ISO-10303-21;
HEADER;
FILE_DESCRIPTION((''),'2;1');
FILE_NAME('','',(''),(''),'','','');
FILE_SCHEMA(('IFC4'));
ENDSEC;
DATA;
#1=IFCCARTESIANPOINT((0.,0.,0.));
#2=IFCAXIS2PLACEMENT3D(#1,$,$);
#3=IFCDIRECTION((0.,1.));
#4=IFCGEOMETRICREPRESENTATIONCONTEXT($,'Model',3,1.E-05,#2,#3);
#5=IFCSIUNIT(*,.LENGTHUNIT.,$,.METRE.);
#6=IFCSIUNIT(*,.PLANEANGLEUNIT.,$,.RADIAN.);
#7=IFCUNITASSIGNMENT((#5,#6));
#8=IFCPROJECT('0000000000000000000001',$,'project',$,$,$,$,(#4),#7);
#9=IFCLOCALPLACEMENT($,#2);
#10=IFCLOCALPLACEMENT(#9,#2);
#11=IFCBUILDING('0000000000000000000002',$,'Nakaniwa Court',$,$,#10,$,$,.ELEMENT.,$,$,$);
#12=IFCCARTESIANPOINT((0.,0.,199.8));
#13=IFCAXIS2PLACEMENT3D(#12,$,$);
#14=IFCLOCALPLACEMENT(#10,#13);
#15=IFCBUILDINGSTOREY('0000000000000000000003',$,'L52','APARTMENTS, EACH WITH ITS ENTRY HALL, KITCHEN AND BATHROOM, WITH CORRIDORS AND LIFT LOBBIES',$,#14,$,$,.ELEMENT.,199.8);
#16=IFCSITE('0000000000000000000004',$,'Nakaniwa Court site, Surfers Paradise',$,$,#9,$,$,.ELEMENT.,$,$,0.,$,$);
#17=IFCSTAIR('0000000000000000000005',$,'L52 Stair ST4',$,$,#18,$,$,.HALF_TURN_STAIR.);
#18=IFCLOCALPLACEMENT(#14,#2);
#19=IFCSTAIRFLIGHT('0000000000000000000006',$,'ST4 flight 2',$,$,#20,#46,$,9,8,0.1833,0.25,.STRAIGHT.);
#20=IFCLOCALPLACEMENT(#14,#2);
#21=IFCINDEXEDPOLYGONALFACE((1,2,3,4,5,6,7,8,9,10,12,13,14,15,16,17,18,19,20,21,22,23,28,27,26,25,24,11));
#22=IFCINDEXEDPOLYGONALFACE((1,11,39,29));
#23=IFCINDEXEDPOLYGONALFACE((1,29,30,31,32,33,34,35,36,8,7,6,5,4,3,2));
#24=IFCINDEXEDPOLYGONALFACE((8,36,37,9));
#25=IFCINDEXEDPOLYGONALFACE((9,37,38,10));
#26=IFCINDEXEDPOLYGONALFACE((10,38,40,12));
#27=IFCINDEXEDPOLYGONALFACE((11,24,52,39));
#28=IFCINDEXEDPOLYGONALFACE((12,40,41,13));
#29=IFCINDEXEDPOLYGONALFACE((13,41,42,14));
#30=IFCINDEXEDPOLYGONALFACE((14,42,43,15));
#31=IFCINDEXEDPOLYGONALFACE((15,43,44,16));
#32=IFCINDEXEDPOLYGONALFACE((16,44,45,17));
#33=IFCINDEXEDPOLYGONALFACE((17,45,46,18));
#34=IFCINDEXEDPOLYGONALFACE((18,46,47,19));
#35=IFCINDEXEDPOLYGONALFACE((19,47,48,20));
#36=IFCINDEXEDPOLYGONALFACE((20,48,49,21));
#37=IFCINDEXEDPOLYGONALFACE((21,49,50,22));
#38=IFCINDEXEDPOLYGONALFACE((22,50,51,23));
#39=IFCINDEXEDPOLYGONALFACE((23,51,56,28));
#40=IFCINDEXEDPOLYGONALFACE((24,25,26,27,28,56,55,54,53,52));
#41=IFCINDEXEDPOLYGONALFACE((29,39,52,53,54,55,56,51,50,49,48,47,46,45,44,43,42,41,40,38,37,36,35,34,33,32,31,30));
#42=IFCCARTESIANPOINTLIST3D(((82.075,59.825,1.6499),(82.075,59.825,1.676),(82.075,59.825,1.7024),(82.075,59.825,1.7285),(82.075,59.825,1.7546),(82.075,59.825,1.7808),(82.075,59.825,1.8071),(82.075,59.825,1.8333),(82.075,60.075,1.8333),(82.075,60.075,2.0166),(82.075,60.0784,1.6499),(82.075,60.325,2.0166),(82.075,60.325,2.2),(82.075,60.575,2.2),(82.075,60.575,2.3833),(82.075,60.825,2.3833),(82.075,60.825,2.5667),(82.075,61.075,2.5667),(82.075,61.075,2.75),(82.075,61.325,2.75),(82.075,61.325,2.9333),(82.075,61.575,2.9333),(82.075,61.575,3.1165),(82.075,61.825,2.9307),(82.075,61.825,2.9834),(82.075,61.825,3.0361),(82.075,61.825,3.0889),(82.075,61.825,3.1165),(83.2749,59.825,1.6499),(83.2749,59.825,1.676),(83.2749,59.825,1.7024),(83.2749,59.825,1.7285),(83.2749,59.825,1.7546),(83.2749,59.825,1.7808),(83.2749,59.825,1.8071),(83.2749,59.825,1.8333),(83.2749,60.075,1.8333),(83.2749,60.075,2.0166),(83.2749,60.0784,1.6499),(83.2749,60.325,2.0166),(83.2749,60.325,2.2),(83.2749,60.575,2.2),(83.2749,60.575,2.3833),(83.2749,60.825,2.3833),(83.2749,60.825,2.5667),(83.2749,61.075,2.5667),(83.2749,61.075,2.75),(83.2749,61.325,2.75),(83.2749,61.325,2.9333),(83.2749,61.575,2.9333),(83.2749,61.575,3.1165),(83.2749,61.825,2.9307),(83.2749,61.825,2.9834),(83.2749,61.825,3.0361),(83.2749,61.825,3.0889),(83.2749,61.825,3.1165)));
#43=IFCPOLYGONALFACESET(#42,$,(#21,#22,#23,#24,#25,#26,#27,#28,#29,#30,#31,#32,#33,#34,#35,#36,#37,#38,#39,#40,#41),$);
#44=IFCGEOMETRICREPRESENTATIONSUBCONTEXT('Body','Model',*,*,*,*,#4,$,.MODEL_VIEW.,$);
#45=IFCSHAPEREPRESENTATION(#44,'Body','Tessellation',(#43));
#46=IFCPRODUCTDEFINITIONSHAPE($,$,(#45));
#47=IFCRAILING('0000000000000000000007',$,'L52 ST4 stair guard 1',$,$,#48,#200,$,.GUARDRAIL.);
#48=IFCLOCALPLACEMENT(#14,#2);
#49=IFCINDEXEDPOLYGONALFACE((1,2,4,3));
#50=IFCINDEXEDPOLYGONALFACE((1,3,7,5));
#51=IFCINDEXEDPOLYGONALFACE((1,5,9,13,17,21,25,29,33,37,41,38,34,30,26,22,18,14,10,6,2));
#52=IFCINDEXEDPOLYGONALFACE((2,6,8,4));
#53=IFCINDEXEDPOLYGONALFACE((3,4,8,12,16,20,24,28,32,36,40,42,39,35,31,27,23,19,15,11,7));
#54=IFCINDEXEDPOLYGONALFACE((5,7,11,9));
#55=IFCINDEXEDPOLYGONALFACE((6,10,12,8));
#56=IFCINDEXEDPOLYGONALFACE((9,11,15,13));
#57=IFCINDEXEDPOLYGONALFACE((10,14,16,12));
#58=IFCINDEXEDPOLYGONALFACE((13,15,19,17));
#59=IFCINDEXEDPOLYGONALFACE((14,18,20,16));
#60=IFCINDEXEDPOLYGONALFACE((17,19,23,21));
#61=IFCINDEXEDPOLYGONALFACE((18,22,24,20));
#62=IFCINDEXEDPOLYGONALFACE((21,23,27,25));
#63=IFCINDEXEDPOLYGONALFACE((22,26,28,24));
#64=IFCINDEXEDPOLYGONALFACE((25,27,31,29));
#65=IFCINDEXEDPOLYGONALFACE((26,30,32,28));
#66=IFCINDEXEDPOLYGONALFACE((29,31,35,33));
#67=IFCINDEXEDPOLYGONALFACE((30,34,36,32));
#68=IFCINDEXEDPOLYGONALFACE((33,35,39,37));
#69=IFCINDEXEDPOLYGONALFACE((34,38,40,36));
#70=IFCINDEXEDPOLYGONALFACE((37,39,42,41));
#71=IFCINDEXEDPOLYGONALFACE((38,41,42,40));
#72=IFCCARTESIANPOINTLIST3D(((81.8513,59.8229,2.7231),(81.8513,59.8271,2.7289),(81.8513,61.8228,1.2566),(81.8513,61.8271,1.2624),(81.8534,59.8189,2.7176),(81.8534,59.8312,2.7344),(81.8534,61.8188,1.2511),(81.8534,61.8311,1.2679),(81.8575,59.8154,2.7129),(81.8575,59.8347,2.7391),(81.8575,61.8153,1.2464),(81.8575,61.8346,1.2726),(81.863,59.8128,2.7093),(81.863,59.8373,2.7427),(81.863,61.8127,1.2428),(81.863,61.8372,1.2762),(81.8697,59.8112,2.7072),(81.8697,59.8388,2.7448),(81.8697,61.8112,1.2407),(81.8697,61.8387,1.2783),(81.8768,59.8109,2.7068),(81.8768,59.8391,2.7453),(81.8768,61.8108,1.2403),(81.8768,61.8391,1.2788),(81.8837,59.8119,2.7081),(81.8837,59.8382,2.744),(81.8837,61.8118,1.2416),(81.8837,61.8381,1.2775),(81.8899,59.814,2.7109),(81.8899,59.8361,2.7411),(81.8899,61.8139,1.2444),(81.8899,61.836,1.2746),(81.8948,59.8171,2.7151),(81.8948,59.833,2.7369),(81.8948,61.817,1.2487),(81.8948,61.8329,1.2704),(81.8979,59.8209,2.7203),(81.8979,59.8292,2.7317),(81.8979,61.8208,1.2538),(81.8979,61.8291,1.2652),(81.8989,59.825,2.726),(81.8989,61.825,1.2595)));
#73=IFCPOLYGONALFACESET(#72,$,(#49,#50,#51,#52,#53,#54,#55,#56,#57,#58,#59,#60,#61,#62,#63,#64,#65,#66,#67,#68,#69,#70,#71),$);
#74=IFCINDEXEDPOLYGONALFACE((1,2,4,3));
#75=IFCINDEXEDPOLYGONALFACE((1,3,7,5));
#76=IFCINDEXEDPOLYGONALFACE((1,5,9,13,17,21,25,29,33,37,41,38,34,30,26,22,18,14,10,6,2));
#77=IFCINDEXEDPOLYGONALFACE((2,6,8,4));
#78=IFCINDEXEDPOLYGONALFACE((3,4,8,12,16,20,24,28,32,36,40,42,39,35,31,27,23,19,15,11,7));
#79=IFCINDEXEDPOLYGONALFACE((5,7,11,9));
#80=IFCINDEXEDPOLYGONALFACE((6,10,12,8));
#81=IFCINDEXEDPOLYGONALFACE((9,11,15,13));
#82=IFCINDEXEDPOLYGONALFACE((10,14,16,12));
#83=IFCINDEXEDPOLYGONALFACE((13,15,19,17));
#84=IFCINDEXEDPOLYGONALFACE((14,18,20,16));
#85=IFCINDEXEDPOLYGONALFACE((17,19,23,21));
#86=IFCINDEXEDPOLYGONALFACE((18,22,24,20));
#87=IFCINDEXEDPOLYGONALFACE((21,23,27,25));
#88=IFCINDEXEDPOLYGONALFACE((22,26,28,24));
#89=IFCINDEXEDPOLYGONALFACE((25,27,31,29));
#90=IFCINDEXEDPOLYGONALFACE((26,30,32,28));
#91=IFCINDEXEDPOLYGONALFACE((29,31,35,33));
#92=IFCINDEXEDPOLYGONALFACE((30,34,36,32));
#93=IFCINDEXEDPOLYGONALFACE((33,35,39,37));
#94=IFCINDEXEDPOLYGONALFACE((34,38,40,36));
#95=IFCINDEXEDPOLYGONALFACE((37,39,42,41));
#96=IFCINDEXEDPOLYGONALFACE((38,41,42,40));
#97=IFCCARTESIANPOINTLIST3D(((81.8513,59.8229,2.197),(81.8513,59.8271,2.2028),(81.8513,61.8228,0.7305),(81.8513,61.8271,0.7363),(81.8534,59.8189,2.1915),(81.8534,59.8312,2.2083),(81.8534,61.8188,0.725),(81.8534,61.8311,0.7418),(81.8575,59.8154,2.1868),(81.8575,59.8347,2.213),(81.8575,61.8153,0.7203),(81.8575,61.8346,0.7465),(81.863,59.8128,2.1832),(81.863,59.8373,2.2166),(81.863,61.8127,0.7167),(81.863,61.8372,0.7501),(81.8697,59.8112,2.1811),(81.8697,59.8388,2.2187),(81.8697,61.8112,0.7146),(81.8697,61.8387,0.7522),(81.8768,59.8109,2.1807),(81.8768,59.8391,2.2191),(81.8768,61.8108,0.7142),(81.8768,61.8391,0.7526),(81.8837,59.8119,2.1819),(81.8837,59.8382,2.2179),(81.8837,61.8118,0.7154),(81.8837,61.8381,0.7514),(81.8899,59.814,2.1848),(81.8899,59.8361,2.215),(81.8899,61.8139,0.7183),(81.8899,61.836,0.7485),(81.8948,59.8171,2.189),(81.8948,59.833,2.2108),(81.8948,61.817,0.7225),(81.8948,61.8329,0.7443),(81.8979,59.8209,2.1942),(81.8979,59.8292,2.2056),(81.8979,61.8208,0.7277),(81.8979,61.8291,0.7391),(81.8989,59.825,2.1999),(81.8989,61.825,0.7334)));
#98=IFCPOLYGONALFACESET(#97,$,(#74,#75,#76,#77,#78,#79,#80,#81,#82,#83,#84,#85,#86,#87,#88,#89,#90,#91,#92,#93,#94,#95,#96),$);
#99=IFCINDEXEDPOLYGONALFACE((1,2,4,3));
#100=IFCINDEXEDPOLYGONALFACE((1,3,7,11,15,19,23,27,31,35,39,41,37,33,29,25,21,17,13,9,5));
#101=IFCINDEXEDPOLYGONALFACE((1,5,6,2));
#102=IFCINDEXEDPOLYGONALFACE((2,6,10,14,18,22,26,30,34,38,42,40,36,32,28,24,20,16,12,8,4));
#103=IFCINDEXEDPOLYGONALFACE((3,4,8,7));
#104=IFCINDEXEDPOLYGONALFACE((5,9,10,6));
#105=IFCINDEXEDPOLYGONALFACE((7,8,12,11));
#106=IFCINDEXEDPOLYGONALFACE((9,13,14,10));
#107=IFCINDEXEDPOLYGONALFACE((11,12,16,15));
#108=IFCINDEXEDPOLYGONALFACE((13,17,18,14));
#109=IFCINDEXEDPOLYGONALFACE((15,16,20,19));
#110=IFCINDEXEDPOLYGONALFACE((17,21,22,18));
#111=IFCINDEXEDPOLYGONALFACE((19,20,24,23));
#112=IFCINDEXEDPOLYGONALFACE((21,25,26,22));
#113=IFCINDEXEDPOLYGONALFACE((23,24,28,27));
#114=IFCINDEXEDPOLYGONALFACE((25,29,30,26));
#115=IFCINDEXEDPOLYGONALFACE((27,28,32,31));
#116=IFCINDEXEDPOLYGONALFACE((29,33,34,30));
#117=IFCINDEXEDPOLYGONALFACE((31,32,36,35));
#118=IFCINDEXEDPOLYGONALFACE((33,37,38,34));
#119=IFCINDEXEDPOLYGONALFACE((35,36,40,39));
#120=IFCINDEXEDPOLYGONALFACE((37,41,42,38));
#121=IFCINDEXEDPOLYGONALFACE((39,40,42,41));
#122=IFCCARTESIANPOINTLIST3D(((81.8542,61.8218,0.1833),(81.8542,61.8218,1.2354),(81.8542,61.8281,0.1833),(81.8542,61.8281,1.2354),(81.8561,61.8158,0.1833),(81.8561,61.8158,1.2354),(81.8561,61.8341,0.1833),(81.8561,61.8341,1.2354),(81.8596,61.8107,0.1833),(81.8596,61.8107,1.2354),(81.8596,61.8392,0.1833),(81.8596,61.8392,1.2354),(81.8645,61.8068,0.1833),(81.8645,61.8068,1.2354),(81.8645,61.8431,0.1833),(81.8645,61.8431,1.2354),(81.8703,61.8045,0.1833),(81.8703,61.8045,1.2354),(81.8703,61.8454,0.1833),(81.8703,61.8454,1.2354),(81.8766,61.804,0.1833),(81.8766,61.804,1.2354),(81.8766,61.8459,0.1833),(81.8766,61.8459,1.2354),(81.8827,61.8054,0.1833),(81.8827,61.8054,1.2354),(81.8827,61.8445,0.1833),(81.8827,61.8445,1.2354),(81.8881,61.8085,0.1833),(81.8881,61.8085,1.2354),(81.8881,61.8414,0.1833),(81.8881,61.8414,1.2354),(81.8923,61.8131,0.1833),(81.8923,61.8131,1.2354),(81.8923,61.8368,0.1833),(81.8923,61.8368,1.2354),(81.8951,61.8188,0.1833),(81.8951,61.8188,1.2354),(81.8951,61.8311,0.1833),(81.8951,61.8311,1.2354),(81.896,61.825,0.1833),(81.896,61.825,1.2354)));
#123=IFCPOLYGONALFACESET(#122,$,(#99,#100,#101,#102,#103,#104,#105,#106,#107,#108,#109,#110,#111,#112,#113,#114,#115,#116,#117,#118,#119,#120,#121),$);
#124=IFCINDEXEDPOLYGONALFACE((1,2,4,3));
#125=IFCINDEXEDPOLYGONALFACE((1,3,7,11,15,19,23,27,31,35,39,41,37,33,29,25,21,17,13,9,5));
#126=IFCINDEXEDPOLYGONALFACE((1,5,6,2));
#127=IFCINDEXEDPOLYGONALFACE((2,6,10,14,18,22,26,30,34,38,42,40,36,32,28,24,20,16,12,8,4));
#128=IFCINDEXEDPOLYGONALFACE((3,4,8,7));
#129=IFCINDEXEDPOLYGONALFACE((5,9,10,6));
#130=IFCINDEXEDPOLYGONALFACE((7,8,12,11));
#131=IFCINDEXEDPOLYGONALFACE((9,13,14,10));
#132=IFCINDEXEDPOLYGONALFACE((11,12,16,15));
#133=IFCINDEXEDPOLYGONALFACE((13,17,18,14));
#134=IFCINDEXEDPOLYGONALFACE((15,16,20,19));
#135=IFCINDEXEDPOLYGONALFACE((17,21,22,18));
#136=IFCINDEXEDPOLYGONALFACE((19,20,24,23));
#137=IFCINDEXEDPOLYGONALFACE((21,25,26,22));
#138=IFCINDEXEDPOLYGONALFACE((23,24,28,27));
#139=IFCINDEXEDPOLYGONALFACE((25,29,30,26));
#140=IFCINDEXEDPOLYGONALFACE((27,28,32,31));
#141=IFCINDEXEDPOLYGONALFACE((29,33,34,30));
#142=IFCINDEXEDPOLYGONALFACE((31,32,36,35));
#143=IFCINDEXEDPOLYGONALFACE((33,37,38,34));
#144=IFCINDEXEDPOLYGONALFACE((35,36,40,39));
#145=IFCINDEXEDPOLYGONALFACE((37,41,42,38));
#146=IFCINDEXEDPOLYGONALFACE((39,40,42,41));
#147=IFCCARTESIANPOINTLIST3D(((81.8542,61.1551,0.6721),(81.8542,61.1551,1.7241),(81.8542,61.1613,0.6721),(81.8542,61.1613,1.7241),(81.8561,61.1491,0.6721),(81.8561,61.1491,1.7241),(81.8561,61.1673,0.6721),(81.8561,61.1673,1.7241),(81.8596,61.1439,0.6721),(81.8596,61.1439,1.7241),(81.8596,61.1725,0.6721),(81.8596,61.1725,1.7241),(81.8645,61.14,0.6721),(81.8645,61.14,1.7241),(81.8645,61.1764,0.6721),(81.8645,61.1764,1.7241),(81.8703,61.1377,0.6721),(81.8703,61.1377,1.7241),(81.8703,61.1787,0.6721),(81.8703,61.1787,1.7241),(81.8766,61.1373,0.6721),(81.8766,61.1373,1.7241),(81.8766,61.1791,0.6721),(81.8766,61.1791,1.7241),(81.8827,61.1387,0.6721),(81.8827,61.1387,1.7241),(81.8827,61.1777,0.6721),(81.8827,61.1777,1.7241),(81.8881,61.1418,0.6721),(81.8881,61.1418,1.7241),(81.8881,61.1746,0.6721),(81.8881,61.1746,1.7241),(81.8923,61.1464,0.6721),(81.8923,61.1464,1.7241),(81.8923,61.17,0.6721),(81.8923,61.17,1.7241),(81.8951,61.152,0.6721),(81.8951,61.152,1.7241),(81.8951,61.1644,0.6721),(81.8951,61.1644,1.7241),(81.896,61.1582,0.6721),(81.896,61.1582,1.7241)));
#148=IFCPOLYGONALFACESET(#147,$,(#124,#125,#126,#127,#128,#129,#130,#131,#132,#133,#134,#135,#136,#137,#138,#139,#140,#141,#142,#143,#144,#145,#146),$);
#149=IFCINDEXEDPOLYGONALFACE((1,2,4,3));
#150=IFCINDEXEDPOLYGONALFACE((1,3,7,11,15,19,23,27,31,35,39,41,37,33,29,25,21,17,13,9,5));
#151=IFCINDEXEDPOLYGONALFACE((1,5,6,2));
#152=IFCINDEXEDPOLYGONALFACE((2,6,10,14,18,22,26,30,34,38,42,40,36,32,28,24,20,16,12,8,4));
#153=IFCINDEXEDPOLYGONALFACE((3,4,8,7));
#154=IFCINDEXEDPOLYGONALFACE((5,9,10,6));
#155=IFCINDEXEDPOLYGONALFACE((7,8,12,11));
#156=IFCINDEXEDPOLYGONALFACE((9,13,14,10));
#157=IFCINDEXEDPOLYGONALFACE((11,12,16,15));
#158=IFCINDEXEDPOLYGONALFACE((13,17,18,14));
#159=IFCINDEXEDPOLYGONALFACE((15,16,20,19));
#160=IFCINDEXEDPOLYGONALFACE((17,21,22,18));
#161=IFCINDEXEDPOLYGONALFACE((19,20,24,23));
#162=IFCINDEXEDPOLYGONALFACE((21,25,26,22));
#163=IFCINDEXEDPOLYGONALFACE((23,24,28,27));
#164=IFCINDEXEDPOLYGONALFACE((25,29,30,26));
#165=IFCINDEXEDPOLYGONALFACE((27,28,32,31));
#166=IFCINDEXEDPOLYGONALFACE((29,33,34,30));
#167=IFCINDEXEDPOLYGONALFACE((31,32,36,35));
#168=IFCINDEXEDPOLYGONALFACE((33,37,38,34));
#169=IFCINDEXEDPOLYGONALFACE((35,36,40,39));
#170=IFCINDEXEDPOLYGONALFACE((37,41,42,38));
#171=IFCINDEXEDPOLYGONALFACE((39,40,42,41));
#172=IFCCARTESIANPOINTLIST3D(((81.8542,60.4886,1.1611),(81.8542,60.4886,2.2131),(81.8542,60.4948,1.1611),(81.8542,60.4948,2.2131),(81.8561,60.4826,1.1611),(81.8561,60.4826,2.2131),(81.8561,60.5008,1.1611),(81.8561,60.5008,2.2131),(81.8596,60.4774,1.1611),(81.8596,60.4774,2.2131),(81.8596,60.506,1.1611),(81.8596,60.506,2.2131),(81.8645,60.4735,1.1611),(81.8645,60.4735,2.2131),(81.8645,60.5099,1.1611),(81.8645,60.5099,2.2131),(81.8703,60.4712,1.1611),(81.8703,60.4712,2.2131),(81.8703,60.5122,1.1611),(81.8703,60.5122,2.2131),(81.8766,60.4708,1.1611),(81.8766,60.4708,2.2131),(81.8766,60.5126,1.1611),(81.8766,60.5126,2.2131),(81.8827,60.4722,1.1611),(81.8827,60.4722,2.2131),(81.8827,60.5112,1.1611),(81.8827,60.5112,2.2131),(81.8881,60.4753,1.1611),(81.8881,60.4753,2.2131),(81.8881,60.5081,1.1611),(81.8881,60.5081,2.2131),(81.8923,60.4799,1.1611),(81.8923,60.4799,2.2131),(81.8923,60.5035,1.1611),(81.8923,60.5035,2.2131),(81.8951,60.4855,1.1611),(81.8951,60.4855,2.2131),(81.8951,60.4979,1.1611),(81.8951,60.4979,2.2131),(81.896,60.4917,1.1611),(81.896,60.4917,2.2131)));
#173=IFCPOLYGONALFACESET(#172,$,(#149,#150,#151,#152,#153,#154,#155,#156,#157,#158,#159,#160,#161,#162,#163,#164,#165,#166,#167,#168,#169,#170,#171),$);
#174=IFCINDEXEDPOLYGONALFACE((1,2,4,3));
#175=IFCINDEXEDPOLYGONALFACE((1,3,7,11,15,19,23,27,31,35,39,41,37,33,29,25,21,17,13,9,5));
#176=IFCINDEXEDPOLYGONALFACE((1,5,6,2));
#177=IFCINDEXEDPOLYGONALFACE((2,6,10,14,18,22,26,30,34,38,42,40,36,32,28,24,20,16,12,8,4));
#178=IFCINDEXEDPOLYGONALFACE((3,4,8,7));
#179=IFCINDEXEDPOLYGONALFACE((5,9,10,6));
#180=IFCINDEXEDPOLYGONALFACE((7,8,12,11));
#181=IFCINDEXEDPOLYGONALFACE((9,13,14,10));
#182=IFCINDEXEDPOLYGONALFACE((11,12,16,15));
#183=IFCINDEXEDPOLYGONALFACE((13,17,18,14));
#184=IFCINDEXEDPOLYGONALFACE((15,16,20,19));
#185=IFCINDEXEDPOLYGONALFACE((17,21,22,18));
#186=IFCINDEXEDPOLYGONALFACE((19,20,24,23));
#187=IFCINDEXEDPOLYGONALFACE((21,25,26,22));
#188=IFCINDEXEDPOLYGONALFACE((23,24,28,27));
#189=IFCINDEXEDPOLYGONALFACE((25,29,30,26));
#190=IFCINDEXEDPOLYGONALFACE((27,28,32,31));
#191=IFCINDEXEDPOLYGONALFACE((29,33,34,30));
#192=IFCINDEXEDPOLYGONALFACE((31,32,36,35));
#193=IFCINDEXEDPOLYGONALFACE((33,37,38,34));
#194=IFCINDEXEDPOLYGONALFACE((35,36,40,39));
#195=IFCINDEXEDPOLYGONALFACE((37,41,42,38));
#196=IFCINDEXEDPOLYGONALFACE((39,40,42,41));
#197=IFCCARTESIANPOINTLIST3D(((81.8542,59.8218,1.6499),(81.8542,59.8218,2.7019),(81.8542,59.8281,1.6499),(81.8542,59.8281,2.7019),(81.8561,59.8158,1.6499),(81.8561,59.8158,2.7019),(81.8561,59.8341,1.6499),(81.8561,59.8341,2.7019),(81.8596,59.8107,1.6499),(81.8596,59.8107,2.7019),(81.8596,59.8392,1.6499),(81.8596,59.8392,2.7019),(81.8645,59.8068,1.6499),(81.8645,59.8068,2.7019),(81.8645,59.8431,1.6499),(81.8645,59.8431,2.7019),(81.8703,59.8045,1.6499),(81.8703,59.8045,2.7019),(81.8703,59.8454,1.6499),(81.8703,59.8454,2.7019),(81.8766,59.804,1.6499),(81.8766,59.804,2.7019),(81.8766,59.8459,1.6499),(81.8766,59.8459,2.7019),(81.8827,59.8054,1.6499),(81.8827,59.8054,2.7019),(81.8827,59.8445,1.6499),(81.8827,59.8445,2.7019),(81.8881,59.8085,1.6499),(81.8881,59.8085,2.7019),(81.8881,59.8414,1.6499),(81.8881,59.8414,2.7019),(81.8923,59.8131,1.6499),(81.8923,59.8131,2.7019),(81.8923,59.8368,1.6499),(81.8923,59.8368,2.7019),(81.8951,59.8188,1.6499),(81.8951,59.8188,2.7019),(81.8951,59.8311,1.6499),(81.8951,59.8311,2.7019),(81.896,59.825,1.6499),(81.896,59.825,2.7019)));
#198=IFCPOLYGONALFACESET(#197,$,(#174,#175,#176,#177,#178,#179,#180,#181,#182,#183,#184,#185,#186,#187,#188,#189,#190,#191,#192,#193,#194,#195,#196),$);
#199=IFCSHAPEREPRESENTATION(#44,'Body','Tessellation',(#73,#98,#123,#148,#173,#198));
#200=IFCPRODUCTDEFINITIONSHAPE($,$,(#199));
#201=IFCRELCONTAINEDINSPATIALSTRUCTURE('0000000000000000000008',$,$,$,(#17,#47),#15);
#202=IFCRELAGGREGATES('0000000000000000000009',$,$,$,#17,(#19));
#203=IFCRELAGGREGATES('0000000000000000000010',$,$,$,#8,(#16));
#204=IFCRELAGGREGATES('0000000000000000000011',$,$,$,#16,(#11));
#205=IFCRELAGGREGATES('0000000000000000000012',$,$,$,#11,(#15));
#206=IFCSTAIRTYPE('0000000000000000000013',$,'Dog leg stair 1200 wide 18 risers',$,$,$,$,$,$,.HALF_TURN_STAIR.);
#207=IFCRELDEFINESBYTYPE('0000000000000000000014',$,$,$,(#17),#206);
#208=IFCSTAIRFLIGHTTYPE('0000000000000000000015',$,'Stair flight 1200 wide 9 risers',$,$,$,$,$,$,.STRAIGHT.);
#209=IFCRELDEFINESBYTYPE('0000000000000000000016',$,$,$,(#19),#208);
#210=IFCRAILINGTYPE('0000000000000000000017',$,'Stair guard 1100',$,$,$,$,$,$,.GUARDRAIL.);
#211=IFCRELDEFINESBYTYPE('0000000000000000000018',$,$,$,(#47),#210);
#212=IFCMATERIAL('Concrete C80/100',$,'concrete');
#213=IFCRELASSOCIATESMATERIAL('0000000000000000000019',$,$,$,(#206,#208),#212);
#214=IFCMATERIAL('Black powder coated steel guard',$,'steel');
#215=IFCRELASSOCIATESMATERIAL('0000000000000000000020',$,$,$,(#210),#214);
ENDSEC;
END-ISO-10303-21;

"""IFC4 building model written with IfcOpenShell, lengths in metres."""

from ifc_helpers import new_model, si_unit, direction, frame, origin, origin_2d, place, context, subcontext, project, spatial, polyline, circle, outline, extrude, material, type_object, element, aggregate, save


model = new_model("IFC4")

# Units and contexts
model_context = context("Model", 3, precision=1e-05, world=origin(), true_north=direction((0.0, 1.0)))
body_context = subcontext(model_context, "Body", "Model", "MODEL_VIEW")
ifc_project = project(units=[si_unit("LENGTHUNIT", "METRE"), si_unit("PLANEANGLEUNIT", "RADIAN")], contexts=[model_context])

# Site, building, storey
site_placement = place(None, origin())
site = spatial("IfcSite", under=ifc_project, at=site_placement, Name="Nakaniwa Court site, Surfers Paradise", CompositionType="ELEMENT", RefElevation=0.0)
building_placement = place(site_placement, origin())
building = spatial("IfcBuilding", under=site, at=building_placement, Name="Nakaniwa Court", CompositionType="ELEMENT")
storey_placement = place(building_placement, frame((0.0, 0.0, 199.8)))
storey = spatial("IfcBuildingStorey", under=building, at=storey_placement, Name="L52", Description="APARTMENTS, EACH WITH ITS ENTRY HALL, KITCHEN AND BATHROOM, WITH CORRIDORS AND LIFT LOBBIES", CompositionType="ELEMENT", Elevation=199.8)

# Shared definitions
ifc_material_1 = material(Name="Concrete C80/100", Category="concrete")

# Stair, stair flight
stair_type = type_object("IfcStairType", Name="Dog leg stair 1200 wide 18 risers", PredefinedType="HALF_TURN_STAIR", material=ifc_material_1)
stair_placement = place(storey_placement, origin())
stair = element("IfcStair", 1, at=stair_placement, inside=storey, type_object=stair_type, Name="L52 Stair ST4", PredefinedType="HALF_TURN_STAIR")
stair_flight_type = type_object("IfcStairFlightType", Name="Stair flight 1200 wide 9 risers", PredefinedType="STRAIGHT", material=ifc_material_1)
stair_flight_1_placement = place(storey_placement, frame((82.675, 59.825, 1.6499), z_axis=(0.0, 0.0, 1.0), x_axis=(0.0, 1.0, 0.0)))
stair_flight_1 = element("IfcStairFlight", 2, at=stair_flight_1_placement, type_object=stair_flight_type, Name="ST4 flight 2", NumberOfRisers=9, NumberOfTreads=8, PredefinedType="STRAIGHT", RiserHeight=0.1833, TreadLength=0.25, context=body_context, shape_type="SweptSolid", body=[
    extrude(outline(polyline([(0.0, 0.0), (0.0, 0.0261), (0.0, 0.0525), (0.0, 0.0786), (0.0, 0.1047), (0.0, 0.1309), (0.0, 0.1572), (0.0, 0.1833), (0.25, 0.1833), (0.25, 0.3667), (0.5, 0.3667), (0.5, 0.55), (0.75, 0.55), (0.75, 0.7334), (1.0, 0.7334), (1.0, 0.9167), (1.25, 0.9167), (1.25, 1.1001), (1.5, 1.1001), (1.5, 1.2834), (1.75, 1.2834), (1.75, 1.4666), (2.0, 1.4666), (2.0, 1.6499), (2.0, 1.5972), (2.0, 1.5444), (2.0, 1.4917), (2.0, 1.439), (2.0, 1.3862), (2.0, 1.3335), (2.0, 1.2808), (0.2534, 0.0), (0.0, 0.0)])), frame((0.0, 0.6001, 0.0), z_axis=(0.0, -1.0, 0.0), x_axis=(1.0, 0.0, 0.0)), (0.0, 0.0, 1.0), 1.2),
])
aggregate(stair, [stair_flight_1])

# Railing
ifc_material_2 = material(Name="Black powder coated steel guard", Category="steel")
railing_type_1 = type_object("IfcRailingType", Name="Stair guard 1100", PredefinedType="GUARDRAIL", material=ifc_material_2)
railing_1_placement = place(storey_placement, frame((81.875, 61.825, 0.1833)))
element("IfcRailing", 3, at=railing_1_placement, inside=storey, type_object=railing_type_1, Name="L52 ST4 stair guard 1", PredefinedType="GUARDRAIL", context=body_context, shape_type="SweptSolid", body=[
    extrude(circle(Radius=0.0239, at=origin_2d()), frame((0.0, 0.0, 1.0762), z_axis=(0.0, -0.806427, 0.591334), x_axis=(1.0, 0.0, 0.0)), (0.0, 0.0, 1.0), 2.48),
    extrude(circle(Radius=0.0239, at=origin_2d()), frame((0.0, 0.0, 0.55), z_axis=(0.0, -0.806427, 0.591334), x_axis=(1.0, 0.0, 0.0)), (0.0, 0.0, 1.0), 2.48),
    extrude(circle(Radius=0.021, at=origin_2d()), origin(), (0.0, 0.0, 1.0), 1.052),
    extrude(circle(Radius=0.021, at=origin_2d()), frame((0.0, -0.6667, 0.4888)), (0.0, 0.0, 1.0), 1.052),
    extrude(circle(Radius=0.021, at=origin_2d()), frame((0.0, -1.3333, 0.9778)), (0.0, 0.0, 1.0), 1.052),
    extrude(circle(Radius=0.021, at=origin_2d()), frame((0.0, -2.0, 1.4666)), (0.0, 0.0, 1.0), 1.052),
])

save(model, "model.ifc")
